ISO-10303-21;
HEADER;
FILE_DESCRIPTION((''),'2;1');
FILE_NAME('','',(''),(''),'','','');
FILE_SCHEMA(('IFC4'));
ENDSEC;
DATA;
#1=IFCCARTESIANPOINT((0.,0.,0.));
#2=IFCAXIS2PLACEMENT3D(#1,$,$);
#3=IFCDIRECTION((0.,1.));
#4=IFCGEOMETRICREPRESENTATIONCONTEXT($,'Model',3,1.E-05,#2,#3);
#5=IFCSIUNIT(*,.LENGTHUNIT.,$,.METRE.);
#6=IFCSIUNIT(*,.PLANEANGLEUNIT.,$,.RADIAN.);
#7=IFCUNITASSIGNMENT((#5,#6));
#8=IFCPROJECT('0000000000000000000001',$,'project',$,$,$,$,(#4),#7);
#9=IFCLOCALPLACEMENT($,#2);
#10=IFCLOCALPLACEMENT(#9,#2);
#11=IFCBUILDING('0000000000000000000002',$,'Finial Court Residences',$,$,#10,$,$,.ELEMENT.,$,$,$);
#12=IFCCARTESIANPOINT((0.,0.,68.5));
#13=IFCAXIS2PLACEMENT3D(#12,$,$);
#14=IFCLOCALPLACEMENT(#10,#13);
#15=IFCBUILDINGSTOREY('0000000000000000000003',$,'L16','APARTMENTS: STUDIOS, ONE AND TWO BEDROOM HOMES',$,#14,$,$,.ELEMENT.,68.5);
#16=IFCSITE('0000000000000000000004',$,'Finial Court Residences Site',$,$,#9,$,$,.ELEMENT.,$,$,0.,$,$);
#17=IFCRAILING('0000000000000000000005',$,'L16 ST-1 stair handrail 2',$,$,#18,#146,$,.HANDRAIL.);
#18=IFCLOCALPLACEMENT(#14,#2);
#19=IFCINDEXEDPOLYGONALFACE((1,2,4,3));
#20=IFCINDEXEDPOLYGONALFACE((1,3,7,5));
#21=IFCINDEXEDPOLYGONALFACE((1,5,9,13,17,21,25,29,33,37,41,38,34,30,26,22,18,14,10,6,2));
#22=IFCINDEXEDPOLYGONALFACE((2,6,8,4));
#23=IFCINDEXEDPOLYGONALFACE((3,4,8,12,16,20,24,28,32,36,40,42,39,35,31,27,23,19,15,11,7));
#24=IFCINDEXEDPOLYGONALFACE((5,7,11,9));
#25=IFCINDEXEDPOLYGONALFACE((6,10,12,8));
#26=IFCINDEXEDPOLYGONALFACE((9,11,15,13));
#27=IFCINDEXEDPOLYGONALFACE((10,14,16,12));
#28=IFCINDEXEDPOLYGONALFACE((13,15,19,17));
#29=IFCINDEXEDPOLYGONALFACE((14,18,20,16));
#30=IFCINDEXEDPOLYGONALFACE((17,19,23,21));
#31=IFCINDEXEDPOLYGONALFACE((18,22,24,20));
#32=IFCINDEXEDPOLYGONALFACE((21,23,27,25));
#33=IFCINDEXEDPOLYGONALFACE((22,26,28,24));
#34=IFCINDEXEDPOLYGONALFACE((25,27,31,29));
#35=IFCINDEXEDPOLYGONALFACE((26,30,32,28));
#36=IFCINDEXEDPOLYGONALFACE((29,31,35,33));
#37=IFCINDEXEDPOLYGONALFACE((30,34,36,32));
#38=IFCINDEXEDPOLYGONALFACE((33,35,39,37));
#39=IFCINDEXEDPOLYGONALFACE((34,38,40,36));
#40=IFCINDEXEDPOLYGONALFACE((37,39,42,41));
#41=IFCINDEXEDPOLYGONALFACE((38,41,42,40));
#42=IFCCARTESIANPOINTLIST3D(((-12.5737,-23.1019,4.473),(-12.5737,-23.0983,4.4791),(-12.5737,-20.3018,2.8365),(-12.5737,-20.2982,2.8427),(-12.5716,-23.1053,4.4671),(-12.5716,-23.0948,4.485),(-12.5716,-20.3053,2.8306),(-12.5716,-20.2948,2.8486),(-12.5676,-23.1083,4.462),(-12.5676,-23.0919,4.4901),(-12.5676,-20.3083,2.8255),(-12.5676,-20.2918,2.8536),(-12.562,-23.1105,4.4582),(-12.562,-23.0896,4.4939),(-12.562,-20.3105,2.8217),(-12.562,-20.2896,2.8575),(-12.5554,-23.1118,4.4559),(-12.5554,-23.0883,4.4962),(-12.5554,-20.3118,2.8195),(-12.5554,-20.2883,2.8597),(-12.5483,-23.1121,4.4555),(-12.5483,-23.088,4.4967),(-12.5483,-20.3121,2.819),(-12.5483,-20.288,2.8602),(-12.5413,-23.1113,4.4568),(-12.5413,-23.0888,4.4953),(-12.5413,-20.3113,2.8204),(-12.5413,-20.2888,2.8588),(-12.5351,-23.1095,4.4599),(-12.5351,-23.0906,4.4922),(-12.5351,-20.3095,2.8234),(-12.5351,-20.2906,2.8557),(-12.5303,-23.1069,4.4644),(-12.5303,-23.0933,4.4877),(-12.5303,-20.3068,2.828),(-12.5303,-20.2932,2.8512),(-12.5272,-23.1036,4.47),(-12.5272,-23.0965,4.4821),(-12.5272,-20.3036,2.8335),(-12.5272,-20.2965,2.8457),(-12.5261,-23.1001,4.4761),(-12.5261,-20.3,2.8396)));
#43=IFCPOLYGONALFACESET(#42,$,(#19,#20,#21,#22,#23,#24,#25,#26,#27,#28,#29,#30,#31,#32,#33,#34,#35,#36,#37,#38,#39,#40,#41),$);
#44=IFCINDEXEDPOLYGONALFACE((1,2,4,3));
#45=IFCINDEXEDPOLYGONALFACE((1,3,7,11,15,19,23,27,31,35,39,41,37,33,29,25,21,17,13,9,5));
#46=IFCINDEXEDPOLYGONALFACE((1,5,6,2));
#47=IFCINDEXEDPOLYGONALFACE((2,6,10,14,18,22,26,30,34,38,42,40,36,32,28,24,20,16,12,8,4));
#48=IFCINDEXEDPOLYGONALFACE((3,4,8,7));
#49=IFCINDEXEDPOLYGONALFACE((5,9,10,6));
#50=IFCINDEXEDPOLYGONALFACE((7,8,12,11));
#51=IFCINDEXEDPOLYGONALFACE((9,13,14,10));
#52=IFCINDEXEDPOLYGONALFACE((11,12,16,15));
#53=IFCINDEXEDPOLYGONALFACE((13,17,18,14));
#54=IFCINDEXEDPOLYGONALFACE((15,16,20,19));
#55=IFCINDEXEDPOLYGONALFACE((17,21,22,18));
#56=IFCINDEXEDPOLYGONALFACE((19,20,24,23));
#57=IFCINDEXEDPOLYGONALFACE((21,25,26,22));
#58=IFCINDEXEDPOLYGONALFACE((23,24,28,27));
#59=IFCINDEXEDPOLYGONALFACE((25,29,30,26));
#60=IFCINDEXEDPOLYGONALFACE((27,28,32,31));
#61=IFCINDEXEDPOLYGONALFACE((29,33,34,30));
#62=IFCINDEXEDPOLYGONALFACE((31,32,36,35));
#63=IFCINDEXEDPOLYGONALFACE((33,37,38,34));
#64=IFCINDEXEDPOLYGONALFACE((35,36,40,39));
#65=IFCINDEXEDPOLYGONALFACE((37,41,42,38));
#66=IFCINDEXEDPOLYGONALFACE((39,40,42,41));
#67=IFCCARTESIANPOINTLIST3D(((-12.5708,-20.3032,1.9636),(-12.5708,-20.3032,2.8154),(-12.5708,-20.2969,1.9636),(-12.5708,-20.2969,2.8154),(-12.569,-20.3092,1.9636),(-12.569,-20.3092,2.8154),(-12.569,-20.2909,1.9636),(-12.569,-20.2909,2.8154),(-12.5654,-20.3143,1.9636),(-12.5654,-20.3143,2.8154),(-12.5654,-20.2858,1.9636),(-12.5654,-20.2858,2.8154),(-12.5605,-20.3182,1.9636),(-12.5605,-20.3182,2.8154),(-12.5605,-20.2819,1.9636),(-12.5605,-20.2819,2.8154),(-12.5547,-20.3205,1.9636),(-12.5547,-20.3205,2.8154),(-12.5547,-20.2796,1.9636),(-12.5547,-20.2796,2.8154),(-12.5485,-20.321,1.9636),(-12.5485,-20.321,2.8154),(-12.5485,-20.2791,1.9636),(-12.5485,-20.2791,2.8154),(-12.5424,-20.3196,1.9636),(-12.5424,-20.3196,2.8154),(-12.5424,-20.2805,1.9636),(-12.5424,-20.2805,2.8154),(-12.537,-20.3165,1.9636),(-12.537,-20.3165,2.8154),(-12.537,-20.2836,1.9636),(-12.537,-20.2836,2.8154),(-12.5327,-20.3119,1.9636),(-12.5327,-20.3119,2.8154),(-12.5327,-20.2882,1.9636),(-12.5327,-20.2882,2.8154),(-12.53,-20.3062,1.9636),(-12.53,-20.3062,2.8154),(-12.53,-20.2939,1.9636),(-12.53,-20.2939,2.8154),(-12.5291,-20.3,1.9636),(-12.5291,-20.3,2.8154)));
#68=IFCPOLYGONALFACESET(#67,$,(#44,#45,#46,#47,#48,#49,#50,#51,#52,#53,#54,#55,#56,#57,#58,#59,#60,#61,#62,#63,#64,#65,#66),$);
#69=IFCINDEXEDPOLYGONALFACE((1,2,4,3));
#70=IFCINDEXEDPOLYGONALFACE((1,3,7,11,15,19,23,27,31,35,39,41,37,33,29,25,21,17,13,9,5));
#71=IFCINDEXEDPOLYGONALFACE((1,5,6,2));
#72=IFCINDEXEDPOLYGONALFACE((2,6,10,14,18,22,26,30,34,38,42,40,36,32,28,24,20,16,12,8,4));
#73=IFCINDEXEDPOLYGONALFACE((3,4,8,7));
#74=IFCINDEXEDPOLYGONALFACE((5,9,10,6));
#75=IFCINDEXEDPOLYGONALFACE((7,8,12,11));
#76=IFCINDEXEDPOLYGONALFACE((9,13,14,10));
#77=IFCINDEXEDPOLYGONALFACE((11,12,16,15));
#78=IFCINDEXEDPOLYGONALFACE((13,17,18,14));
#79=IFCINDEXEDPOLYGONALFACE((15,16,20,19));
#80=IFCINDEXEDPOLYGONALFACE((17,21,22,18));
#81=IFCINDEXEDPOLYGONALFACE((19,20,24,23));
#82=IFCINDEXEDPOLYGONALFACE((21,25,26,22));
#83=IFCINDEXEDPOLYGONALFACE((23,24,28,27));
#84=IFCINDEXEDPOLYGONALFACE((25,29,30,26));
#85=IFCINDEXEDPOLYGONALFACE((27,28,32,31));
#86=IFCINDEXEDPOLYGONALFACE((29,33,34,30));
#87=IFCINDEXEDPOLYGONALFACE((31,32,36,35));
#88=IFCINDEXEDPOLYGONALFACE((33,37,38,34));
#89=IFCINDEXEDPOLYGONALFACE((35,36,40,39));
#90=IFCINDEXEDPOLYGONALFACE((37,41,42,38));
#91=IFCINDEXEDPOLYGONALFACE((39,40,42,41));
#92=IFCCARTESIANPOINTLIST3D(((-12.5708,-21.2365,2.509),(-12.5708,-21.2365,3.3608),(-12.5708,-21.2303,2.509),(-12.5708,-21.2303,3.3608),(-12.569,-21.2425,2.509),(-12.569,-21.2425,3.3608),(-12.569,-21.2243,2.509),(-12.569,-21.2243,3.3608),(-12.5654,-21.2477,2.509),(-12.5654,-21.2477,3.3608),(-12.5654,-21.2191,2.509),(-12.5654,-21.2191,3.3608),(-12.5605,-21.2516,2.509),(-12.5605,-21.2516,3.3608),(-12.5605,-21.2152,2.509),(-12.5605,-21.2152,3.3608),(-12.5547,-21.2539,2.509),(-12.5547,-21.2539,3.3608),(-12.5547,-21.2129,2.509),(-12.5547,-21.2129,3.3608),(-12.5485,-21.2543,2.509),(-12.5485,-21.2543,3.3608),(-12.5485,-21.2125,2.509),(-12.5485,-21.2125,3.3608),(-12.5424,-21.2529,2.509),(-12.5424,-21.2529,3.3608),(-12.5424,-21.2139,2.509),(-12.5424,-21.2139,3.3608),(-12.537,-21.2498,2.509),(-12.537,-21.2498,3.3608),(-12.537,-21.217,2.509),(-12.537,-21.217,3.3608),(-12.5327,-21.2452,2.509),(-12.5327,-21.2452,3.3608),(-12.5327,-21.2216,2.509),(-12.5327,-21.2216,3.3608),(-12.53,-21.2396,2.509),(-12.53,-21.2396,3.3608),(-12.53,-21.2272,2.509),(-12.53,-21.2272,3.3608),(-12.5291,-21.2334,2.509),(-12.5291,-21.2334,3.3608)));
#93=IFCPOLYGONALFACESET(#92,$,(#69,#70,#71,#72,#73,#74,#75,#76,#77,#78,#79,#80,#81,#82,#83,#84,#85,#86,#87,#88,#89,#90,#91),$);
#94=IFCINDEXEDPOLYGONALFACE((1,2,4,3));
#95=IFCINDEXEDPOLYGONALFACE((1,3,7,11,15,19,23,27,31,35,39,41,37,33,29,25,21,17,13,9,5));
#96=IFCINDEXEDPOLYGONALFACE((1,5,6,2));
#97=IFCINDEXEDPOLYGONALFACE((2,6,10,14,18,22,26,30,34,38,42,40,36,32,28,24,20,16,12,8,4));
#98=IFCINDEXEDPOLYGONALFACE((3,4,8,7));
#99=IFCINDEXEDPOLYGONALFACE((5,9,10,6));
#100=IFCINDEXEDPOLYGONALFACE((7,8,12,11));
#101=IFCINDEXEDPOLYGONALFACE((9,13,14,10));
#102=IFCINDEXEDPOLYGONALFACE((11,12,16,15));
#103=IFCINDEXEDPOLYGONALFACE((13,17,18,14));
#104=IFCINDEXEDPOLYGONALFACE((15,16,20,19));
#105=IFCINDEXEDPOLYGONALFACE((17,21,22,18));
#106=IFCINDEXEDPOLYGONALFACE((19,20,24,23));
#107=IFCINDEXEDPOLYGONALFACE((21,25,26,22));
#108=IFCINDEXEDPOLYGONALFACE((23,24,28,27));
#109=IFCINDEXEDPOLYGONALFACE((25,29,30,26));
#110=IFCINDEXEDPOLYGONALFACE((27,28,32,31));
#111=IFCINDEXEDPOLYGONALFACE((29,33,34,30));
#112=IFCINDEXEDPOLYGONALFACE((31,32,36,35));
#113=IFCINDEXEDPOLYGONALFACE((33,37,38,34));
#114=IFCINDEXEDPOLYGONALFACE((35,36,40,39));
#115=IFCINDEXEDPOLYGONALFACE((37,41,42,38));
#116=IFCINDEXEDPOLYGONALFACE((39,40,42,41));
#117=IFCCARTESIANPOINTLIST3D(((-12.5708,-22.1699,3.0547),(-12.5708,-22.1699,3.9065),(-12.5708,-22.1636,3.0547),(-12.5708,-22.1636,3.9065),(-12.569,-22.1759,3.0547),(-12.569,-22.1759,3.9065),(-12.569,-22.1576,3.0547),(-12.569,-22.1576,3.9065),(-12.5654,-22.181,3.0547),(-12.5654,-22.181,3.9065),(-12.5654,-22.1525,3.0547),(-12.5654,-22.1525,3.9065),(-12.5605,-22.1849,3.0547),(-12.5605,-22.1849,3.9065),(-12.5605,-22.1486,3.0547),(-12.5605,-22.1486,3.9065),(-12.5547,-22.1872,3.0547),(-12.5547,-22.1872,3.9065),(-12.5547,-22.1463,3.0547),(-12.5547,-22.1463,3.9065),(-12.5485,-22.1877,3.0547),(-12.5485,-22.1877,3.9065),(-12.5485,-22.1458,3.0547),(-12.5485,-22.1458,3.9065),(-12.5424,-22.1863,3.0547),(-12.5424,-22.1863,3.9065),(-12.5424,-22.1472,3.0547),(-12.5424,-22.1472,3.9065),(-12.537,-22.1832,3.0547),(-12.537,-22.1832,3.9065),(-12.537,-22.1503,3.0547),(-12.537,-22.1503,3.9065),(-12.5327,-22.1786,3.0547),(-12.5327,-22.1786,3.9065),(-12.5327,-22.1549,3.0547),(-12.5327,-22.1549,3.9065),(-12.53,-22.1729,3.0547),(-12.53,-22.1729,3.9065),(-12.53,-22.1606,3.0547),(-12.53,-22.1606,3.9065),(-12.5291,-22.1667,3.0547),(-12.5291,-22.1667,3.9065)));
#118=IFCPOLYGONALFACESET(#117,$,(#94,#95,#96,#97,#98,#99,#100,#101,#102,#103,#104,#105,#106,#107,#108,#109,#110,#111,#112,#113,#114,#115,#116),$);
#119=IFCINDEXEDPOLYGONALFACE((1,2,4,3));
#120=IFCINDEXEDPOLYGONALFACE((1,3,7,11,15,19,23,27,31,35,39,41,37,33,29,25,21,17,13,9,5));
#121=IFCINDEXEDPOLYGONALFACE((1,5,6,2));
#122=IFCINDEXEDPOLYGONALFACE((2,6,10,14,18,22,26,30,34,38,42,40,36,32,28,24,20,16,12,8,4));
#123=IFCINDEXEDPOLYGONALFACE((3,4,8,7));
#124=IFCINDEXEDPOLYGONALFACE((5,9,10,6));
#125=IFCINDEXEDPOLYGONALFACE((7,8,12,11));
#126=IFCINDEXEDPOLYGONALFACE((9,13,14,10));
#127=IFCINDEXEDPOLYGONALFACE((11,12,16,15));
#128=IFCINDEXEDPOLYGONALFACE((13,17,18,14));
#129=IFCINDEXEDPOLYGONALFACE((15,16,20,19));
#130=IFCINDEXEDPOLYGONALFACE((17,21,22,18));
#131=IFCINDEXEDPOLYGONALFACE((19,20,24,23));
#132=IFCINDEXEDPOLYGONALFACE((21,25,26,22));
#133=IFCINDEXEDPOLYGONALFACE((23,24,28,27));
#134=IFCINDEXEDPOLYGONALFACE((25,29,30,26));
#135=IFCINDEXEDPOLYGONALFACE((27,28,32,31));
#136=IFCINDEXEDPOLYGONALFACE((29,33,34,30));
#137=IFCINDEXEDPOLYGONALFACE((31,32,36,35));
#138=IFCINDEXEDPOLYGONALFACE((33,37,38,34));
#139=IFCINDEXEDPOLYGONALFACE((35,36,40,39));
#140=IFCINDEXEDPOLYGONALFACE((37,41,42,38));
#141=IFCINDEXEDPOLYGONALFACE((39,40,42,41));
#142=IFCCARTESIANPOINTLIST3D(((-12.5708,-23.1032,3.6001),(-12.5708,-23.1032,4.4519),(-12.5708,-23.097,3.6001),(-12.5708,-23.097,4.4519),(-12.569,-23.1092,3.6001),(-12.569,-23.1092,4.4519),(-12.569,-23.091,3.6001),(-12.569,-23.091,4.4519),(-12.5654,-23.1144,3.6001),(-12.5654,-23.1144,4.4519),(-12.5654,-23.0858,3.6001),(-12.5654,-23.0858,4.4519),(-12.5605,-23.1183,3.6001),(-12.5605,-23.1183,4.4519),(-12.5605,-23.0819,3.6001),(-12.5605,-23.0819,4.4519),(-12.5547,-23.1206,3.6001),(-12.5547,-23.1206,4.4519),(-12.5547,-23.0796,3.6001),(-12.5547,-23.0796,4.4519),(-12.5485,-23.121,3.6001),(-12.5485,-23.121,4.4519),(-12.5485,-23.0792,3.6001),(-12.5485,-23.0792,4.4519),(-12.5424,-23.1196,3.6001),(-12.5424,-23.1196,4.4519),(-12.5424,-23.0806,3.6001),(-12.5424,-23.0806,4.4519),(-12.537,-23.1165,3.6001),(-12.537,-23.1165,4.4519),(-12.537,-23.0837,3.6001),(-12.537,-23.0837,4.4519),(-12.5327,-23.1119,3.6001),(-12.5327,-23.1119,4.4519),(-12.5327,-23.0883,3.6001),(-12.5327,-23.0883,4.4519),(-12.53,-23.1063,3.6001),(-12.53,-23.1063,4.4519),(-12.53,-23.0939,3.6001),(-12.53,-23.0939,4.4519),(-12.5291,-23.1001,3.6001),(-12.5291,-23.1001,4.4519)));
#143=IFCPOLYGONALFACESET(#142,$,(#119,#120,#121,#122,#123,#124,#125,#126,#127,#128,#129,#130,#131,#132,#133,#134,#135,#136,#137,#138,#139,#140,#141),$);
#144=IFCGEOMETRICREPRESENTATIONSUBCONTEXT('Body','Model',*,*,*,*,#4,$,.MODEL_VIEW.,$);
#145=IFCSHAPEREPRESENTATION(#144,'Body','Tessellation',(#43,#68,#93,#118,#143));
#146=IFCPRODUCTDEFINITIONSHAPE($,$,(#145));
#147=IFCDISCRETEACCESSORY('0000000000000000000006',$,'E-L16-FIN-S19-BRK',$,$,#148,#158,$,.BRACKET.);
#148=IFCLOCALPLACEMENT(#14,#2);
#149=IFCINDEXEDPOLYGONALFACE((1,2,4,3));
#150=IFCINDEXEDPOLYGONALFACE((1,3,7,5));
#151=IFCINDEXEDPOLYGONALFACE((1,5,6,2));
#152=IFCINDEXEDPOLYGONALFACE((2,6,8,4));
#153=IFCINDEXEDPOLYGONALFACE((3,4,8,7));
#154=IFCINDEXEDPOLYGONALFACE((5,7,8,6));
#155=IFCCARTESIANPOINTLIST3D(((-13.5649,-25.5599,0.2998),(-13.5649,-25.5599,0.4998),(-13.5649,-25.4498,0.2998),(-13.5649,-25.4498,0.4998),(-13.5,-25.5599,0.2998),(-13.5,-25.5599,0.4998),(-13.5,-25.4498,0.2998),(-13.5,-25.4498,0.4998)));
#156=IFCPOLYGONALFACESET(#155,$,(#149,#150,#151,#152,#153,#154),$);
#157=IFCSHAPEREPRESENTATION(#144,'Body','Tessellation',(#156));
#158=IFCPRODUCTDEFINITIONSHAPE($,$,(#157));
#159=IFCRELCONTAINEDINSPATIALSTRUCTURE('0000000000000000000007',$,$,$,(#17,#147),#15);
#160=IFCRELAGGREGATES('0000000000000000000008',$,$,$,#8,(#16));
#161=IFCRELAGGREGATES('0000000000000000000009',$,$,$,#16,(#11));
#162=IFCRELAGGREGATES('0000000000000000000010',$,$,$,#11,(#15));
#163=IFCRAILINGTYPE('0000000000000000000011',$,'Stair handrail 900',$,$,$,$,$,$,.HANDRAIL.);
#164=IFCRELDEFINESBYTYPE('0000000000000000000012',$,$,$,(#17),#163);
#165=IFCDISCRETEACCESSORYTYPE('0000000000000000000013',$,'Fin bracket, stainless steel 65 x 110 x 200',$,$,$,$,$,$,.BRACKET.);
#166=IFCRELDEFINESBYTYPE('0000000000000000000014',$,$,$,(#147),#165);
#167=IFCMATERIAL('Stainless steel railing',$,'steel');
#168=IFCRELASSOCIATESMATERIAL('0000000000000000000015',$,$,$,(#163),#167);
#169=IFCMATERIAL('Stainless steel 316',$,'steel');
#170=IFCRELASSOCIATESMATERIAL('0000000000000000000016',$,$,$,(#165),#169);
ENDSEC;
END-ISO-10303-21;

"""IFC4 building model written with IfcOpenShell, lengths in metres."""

from ifc_helpers import new_model, si_unit, direction, frame, origin, origin_2d, place, context, subcontext, project, spatial, rectangle, circle, extrude, material, type_object, element, save


model = new_model("IFC4")

# Units and contexts
model_context = context("Model", 3, precision=1e-05, world=origin(), true_north=direction((0.0, 1.0)))
body_context = subcontext(model_context, "Body", "Model", "MODEL_VIEW")
ifc_project = project(units=[si_unit("LENGTHUNIT", "METRE"), si_unit("PLANEANGLEUNIT", "RADIAN")], contexts=[model_context])

# Site, building, storey
site_placement = place(None, origin())
site = spatial("IfcSite", under=ifc_project, at=site_placement, Name="Finial Court Residences Site", CompositionType="ELEMENT", RefElevation=0.0)
building_placement = place(site_placement, origin())
building = spatial("IfcBuilding", under=site, at=building_placement, Name="Finial Court Residences", CompositionType="ELEMENT")
storey_placement = place(building_placement, frame((0.0, 0.0, 68.5)))
storey = spatial("IfcBuildingStorey", under=building, at=storey_placement, Name="L16", Description="APARTMENTS: STUDIOS, ONE AND TWO BEDROOM HOMES", CompositionType="ELEMENT", Elevation=68.5)

# Railing
ifc_material_1 = material(Name="Stainless steel railing", Category="steel")
railing_type_1 = type_object("IfcRailingType", Name="Stair handrail 900", PredefinedType="HANDRAIL", material=ifc_material_1)
railing_1_placement = place(storey_placement, frame((-12.55, -20.3, 1.9636)))
element("IfcRailing", 1, at=railing_1_placement, inside=storey, type_object=railing_type_1, Name="L16 ST-1 stair handrail 2", PredefinedType="HANDRAIL", context=body_context, shape_type="SweptSolid", body=[
    extrude(circle(Radius=0.0239, at=origin_2d()), frame((0.0, 0.0, 0.876), z_axis=(0.0, -0.863361, 0.504587), x_axis=(1.0, 0.0, 0.0)), (0.0, 0.0, 1.0), 3.2432),
    extrude(circle(Radius=0.021, at=origin_2d()), origin(), (0.0, 0.0, 1.0), 0.8518),
    extrude(circle(Radius=0.021, at=origin_2d()), frame((0.0, -0.9333, 0.5454)), (0.0, 0.0, 1.0), 0.8518),
    extrude(circle(Radius=0.021, at=origin_2d()), frame((0.0, -1.8667, 1.0911)), (0.0, 0.0, 1.0), 0.8518),
    extrude(circle(Radius=0.021, at=origin_2d()), frame((0.0, -2.8, 1.6365)), (0.0, 0.0, 1.0), 0.8518),
])

# Discrete accessory
ifc_material_2 = material(Name="Stainless steel 316", Category="steel")
discrete_accessory_type = type_object("IfcDiscreteAccessoryType", Name="Fin bracket, stainless steel 65 x 110 x 200", PredefinedType="BRACKET", material=ifc_material_2)
discrete_accessory_placement = place(storey_placement, frame((-13.5325, -25.5049, 0.2998), z_axis=(0.0, 0.0, 1.0), x_axis=(1.0, 0.0, 0.0)))
element("IfcDiscreteAccessory", 2, at=discrete_accessory_placement, inside=storey, type_object=discrete_accessory_type, Name="E-L16-FIN-S19-BRK", PredefinedType="BRACKET", context=body_context, shape_type="SweptSolid", body=[
    extrude(rectangle(XDim=0.0649, YDim=0.1101, at=origin_2d()), origin(), (0.0, 0.0, 1.0), 0.2),
])

save(model, "model.ifc")
